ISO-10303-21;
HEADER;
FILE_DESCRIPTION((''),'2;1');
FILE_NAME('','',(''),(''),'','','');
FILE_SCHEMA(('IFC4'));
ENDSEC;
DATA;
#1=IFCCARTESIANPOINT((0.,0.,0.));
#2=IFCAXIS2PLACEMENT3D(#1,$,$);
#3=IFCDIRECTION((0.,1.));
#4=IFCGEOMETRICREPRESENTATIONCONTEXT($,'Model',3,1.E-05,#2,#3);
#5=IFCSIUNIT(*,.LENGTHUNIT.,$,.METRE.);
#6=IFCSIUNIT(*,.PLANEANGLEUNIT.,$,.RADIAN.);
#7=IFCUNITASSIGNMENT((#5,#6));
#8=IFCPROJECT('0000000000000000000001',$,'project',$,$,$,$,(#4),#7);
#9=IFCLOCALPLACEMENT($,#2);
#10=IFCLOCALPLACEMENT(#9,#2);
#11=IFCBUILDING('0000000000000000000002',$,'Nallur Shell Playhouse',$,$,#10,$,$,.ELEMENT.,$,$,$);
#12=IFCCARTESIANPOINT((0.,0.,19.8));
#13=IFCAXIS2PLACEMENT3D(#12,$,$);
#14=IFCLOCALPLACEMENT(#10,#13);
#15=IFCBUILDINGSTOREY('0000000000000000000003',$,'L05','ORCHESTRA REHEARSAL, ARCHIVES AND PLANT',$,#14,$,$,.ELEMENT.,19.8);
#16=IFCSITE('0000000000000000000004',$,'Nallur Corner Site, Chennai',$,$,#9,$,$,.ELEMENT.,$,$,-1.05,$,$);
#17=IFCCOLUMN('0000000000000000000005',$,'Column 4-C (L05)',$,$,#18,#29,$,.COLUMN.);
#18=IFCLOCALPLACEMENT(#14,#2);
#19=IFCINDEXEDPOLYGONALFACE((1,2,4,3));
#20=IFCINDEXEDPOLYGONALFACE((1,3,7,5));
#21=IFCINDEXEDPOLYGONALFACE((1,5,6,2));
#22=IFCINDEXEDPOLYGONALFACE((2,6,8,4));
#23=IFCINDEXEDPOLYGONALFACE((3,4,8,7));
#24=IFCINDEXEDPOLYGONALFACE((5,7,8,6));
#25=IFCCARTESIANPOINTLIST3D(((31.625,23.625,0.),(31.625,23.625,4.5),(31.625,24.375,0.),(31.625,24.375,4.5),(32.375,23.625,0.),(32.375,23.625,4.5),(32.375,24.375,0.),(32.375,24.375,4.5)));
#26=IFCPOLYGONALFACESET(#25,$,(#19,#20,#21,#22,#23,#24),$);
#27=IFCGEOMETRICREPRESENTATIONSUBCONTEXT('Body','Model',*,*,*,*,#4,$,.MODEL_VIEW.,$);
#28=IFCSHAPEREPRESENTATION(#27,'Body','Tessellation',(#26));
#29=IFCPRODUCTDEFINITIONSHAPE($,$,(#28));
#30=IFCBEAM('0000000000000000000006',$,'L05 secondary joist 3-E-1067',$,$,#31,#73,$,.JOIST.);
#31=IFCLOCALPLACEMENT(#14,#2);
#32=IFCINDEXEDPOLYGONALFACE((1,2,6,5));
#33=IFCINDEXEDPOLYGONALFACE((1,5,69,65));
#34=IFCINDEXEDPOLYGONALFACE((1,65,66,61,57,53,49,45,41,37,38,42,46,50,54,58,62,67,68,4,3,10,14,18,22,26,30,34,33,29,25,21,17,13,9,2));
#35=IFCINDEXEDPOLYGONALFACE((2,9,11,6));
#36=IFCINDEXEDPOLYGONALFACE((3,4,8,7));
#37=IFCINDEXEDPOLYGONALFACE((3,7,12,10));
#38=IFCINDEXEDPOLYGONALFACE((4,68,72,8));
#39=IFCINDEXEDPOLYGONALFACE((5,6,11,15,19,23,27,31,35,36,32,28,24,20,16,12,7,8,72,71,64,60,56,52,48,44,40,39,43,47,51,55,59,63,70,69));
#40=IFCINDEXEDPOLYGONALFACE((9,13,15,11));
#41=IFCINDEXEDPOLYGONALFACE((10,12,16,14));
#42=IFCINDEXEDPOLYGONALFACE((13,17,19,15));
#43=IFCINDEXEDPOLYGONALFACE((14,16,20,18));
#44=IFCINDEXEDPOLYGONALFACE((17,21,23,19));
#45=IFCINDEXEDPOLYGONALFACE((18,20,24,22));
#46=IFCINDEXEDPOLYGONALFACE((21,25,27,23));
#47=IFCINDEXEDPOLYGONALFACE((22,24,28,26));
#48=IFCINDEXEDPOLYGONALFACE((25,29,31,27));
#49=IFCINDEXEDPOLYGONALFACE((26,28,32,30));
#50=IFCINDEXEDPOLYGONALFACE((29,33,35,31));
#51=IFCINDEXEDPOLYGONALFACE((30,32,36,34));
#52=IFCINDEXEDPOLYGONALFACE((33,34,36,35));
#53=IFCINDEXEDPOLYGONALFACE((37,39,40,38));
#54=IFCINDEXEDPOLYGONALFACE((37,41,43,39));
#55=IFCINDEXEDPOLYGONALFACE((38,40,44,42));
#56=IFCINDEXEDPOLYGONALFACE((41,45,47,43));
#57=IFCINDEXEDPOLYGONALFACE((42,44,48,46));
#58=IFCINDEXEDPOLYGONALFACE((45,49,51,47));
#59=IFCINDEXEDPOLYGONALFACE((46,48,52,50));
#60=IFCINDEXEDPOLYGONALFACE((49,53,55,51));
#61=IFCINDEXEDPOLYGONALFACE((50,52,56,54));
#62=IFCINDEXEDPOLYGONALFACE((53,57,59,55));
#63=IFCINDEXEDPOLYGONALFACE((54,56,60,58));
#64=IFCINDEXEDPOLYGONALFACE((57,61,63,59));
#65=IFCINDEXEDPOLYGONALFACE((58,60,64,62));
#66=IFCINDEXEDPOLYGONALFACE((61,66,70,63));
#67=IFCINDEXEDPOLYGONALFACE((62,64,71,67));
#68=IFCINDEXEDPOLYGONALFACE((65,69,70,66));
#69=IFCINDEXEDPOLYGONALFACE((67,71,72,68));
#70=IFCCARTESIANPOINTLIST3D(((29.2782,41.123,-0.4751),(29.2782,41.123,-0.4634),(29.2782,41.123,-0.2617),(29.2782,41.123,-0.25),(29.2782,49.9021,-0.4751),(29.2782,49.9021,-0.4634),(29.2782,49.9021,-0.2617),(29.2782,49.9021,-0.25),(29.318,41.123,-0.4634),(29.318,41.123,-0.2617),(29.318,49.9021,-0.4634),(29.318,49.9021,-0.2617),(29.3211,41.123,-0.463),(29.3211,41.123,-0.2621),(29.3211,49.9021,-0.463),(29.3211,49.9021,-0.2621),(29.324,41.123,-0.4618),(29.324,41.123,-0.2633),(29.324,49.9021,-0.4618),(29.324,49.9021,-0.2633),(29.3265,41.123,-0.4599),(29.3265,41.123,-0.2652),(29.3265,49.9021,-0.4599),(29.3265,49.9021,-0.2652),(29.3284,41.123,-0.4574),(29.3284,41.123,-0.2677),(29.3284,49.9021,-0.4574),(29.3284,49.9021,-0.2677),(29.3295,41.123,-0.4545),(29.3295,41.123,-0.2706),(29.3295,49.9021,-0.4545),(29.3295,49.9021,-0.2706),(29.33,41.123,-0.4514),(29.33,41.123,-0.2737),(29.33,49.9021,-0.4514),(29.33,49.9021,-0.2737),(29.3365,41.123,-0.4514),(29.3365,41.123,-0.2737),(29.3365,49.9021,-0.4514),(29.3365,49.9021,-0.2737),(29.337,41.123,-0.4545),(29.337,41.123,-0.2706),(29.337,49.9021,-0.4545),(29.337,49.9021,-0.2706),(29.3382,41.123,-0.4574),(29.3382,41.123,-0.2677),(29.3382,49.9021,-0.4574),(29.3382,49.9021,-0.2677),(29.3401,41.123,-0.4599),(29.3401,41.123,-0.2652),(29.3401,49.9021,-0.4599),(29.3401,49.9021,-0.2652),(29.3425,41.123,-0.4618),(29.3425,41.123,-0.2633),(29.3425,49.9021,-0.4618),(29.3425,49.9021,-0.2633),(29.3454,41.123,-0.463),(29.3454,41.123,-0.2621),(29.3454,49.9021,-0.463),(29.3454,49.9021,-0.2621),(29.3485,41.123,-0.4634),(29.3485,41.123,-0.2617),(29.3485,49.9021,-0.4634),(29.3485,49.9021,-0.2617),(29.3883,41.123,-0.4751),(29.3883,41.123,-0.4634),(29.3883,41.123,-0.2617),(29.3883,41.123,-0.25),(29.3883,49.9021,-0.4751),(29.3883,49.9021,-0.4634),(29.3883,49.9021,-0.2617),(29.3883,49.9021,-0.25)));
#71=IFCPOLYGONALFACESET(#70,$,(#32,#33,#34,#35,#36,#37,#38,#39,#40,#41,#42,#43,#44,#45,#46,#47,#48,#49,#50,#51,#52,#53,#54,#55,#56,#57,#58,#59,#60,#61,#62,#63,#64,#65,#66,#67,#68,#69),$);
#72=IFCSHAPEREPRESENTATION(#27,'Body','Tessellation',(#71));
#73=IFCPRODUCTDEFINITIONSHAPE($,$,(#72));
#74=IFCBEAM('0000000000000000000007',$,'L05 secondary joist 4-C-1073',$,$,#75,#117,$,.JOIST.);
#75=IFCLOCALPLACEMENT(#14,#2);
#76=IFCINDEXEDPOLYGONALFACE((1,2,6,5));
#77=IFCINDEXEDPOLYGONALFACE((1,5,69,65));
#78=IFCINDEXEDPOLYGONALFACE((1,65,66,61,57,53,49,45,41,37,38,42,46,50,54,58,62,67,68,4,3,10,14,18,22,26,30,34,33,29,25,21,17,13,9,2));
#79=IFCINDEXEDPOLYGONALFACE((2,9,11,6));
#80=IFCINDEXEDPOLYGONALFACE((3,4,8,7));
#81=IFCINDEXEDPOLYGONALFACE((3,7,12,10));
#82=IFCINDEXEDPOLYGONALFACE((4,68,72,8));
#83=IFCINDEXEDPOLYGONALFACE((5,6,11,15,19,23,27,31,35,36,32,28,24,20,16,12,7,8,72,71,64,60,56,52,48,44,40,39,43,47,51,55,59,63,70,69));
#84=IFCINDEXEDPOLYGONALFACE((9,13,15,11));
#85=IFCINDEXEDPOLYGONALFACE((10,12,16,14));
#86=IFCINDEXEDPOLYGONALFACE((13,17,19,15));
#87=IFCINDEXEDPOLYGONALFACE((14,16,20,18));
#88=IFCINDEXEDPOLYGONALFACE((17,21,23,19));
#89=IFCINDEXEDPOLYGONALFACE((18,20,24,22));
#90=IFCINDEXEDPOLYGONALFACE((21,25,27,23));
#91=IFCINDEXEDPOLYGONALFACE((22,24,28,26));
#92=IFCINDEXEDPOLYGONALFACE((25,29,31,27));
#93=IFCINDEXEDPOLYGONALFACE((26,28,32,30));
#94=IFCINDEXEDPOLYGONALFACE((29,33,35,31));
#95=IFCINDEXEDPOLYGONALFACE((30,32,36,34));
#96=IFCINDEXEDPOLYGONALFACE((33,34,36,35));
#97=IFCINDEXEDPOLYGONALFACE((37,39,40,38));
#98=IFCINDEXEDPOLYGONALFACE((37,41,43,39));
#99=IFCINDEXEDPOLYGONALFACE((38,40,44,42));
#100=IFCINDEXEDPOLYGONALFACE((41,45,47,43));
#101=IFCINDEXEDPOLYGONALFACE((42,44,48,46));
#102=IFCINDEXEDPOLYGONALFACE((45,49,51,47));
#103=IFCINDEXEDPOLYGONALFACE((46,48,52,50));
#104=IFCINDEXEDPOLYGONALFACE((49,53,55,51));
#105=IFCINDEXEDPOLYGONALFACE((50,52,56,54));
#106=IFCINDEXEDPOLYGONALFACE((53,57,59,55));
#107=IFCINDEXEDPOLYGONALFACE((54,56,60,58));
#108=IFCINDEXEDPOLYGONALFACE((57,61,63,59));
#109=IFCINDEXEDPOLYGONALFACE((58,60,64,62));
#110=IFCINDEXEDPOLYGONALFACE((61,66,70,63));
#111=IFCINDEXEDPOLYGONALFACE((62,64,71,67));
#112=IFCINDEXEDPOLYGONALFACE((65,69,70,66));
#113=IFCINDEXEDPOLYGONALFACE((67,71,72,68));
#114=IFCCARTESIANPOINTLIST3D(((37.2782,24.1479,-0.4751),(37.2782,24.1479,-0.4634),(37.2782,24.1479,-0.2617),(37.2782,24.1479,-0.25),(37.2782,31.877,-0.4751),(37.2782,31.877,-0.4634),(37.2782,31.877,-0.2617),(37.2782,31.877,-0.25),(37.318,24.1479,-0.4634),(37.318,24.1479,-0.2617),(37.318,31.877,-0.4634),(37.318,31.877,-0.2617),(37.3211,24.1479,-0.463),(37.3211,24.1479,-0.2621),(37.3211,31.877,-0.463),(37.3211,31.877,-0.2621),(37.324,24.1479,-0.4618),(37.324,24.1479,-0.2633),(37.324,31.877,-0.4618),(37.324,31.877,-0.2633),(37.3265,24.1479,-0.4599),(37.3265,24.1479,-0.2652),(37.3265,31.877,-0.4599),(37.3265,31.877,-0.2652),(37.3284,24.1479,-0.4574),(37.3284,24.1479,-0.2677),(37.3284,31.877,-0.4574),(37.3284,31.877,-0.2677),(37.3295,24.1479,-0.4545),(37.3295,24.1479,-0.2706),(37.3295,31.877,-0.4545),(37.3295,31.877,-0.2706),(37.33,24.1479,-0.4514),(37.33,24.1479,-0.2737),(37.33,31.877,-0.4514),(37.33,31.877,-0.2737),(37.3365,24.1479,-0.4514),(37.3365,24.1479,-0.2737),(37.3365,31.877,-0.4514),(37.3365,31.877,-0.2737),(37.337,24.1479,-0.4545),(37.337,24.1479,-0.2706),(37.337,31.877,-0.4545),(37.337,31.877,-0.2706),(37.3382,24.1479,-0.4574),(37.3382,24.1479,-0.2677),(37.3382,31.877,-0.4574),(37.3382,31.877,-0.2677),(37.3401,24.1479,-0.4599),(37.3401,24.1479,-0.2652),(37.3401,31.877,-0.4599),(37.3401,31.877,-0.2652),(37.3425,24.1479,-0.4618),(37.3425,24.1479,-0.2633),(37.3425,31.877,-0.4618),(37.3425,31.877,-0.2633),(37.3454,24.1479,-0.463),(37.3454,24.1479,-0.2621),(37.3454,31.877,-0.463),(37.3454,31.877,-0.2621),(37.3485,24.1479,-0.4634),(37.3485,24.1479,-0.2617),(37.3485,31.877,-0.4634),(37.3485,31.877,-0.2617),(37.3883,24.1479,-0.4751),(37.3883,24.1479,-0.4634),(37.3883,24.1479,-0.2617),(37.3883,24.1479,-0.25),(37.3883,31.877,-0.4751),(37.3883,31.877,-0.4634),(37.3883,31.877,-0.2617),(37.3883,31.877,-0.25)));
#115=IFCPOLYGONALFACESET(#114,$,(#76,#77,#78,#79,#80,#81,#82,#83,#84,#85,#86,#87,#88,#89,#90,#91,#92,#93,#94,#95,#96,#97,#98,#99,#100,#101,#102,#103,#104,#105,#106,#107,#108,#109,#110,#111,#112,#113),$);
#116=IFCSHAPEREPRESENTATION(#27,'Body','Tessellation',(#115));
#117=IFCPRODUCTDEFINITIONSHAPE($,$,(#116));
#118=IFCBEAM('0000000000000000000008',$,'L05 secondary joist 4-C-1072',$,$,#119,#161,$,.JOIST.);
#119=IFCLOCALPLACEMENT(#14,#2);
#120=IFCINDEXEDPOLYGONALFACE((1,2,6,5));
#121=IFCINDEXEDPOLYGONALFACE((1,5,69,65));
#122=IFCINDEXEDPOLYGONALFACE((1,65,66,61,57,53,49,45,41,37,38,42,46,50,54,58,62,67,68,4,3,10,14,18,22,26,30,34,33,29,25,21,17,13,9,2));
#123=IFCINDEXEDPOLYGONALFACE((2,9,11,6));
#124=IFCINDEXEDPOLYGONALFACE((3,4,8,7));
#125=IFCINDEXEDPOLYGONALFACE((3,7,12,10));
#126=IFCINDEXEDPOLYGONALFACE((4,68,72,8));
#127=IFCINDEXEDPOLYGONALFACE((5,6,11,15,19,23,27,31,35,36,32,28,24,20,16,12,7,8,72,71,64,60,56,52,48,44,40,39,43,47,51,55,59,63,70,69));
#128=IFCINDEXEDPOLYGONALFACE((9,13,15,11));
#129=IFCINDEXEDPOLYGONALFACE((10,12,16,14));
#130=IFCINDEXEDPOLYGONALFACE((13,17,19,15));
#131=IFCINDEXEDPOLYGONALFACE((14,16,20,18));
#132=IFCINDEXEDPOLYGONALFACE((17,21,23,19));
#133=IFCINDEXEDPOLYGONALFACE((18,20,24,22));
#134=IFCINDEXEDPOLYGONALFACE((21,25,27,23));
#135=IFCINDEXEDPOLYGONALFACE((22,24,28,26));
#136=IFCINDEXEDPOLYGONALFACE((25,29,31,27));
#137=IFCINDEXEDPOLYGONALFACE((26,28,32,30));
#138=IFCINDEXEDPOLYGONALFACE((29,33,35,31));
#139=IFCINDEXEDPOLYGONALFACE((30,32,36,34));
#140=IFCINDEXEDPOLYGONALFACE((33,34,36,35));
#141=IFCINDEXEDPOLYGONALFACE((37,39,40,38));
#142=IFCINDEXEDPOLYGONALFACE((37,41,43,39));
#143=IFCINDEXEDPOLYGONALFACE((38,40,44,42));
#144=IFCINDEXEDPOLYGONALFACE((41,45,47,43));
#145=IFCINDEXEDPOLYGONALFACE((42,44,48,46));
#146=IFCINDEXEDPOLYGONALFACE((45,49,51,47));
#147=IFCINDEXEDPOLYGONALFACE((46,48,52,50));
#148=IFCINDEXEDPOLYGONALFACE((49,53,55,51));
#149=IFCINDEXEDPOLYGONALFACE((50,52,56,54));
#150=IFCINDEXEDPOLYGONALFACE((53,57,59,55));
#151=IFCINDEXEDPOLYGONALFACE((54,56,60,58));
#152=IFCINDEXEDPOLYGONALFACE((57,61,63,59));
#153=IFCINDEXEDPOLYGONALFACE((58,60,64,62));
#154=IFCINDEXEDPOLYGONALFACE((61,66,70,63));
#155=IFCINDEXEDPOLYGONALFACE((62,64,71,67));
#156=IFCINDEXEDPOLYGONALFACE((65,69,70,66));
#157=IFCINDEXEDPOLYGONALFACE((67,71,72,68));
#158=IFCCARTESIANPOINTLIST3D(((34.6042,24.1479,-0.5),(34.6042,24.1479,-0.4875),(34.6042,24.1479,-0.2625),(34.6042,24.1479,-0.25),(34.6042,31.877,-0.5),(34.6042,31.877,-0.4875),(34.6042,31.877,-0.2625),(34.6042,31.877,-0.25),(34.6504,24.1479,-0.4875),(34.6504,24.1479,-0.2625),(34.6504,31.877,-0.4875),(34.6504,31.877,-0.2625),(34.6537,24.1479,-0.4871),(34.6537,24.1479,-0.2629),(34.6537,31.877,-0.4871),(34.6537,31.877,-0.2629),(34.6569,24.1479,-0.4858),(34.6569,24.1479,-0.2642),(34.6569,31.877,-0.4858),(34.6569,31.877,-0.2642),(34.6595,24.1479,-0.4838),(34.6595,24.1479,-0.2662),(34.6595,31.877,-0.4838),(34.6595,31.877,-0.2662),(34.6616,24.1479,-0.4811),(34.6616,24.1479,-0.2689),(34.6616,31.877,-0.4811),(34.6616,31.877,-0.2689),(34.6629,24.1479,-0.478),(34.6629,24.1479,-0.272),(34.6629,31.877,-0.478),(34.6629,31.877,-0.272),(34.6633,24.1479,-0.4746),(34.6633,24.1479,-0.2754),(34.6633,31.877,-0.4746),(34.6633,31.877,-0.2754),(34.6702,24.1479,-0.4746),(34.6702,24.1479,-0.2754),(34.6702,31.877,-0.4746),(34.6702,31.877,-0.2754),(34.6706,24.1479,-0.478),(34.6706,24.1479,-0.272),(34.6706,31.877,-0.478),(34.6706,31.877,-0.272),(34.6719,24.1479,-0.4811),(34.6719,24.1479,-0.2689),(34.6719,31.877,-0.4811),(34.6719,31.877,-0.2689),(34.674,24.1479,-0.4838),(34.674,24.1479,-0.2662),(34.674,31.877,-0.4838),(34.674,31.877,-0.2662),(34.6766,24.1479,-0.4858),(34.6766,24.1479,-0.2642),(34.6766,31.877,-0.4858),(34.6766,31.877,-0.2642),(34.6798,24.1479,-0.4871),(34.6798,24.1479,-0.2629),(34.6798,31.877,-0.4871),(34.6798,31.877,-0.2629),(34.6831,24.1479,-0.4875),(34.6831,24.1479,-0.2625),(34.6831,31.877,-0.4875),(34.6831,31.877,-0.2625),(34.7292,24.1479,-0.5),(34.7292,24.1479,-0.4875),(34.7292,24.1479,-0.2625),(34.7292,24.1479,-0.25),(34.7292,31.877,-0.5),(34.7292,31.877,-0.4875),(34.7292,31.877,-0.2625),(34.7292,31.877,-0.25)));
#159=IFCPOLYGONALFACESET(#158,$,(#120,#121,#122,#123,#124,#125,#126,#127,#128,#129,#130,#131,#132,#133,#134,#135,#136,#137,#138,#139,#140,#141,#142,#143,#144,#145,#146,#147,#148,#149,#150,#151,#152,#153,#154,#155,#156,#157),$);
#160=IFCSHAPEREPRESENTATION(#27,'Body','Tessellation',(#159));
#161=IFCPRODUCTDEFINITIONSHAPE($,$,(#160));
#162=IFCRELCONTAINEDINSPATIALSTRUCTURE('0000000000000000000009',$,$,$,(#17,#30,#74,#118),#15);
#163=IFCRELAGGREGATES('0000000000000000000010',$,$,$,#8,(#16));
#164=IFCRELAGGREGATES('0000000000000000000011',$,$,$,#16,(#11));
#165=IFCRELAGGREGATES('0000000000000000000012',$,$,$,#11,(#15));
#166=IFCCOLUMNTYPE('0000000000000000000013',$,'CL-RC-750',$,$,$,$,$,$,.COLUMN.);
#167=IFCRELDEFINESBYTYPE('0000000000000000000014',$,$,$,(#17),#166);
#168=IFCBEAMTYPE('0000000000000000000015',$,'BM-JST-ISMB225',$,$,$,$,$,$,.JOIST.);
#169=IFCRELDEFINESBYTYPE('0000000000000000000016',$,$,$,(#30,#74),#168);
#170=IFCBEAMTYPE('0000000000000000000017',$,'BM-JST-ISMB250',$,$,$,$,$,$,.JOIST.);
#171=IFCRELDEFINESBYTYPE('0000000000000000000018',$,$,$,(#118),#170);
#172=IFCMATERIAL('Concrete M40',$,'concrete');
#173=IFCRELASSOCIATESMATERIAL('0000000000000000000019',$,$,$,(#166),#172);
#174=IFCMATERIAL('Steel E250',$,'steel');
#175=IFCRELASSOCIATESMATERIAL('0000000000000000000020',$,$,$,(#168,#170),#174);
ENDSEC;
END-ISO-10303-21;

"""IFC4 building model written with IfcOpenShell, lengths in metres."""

from ifc_helpers import new_model, si_unit, direction, frame, origin, origin_2d, place, context, subcontext, project, spatial, rectangle, i_section, extrude, material, material_profile, profile_set, type_object, element, save


model = new_model("IFC4")

# Units and contexts
model_context = context("Model", 3, precision=1e-05, world=origin(), true_north=direction((0.0, 1.0)))
body_context = subcontext(model_context, "Body", "Model", "MODEL_VIEW")
ifc_project = project(units=[si_unit("LENGTHUNIT", "METRE"), si_unit("PLANEANGLEUNIT", "RADIAN")], contexts=[model_context])

# Site, building, storey
site_placement = place(None, origin())
site = spatial("IfcSite", under=ifc_project, at=site_placement, Name="Nallur Corner Site, Chennai", CompositionType="ELEMENT", RefElevation=-1.05)
building_placement = place(site_placement, origin())
building = spatial("IfcBuilding", under=site, at=building_placement, Name="Nallur Shell Playhouse", CompositionType="ELEMENT")
storey_placement = place(building_placement, frame((0.0, 0.0, 19.8)))
storey = spatial("IfcBuildingStorey", under=building, at=storey_placement, Name="L05", Description="ORCHESTRA REHEARSAL, ARCHIVES AND PLANT", CompositionType="ELEMENT", Elevation=19.8)

# Column
ifc_material_1 = material(Name="Concrete M40", Category="concrete")
ifc_material_profile_1 = material_profile(ifc_material_1, rectangle(XDim=0.75, YDim=0.75, at=origin_2d()), Name="RC 750x750")
ifc_profile_set_1 = profile_set([ifc_material_profile_1], Name="Concrete M40")
column_type = type_object("IfcColumnType", Name="CL-RC-750", PredefinedType="COLUMN", material=ifc_profile_set_1)
column_placement = place(storey_placement, frame((32.0, 24.0, 0.0), z_axis=(0.0, 0.0, 1.0), x_axis=(1.0, 0.0, 0.0)))
element("IfcColumn", 1, at=column_placement, inside=storey, type_object=column_type, Name="Column 4-C (L05)", PredefinedType="COLUMN", context=body_context, shape_type="SweptSolid", body=[
    extrude(rectangle(XDim=0.75, YDim=0.75, at=origin_2d()), origin(), (0.0, 0.0, 1.0), 4.5),
])

# Beams
ifc_material_2 = material(Name="Steel E250", Category="steel")
ifc_material_profile_2 = material_profile(ifc_material_2, i_section(OverallWidth=0.1101, OverallDepth=0.2251, WebThickness=0.0066, FlangeThickness=0.0117, FilletRadius=0.012, at=origin_2d()), Name="ISMB 225")
ifc_profile_set_2 = profile_set([ifc_material_profile_2], Name="Steel E250")
beam_type_1 = type_object("IfcBeamType", Name="BM-JST-ISMB225", PredefinedType="JOIST", material=ifc_profile_set_2)
beam_1_placement = place(storey_placement, frame((29.3333, 41.123, -0.3625), z_axis=(0.0, 1.0, 0.0), x_axis=(-1.0, 0.0, 0.0)))
element("IfcBeam", 2, at=beam_1_placement, inside=storey, type_object=beam_type_1, Name="L05 secondary joist 3-E-1067", PredefinedType="JOIST", context=body_context, shape_type="SweptSolid", body=[
    extrude(i_section(OverallWidth=0.1101, OverallDepth=0.2251, WebThickness=0.0066, FlangeThickness=0.0117, FilletRadius=0.012, at=origin_2d()), origin(), (0.0, 0.0, 1.0), 8.7791),
])
beam_2_placement = place(storey_placement, frame((37.3333, 24.1479, -0.3625), z_axis=(0.0, 1.0, 0.0), x_axis=(-1.0, 0.0, 0.0)))
element("IfcBeam", 3, at=beam_2_placement, inside=storey, type_object=beam_type_1, Name="L05 secondary joist 4-C-1073", PredefinedType="JOIST", context=body_context, shape_type="SweptSolid", body=[
    extrude(i_section(OverallWidth=0.1101, OverallDepth=0.2251, WebThickness=0.0066, FlangeThickness=0.0117, FilletRadius=0.012, at=origin_2d()), origin(), (0.0, 0.0, 1.0), 7.729),
])
ifc_material_profile_3 = material_profile(ifc_material_2, i_section(OverallWidth=0.125, OverallDepth=0.25, WebThickness=0.0068, FlangeThickness=0.0125, FilletRadius=0.0129, at=origin_2d()), Name="ISMB 250")
ifc_profile_set_3 = profile_set([ifc_material_profile_3], Name="Steel E250")
beam_type_2 = type_object("IfcBeamType", Name="BM-JST-ISMB250", PredefinedType="JOIST", material=ifc_profile_set_3)
beam_3_placement = place(storey_placement, frame((34.6667, 24.1479, -0.375), z_axis=(0.0, 1.0, 0.0), x_axis=(-1.0, 0.0, 0.0)))
element("IfcBeam", 4, at=beam_3_placement, inside=storey, type_object=beam_type_2, Name="L05 secondary joist 4-C-1072", PredefinedType="JOIST", context=body_context, shape_type="SweptSolid", body=[
    extrude(i_section(OverallWidth=0.125, OverallDepth=0.25, WebThickness=0.0068, FlangeThickness=0.0125, FilletRadius=0.0129, at=origin_2d()), origin(), (0.0, 0.0, 1.0), 7.729),
])

save(model, "model.ifc")
